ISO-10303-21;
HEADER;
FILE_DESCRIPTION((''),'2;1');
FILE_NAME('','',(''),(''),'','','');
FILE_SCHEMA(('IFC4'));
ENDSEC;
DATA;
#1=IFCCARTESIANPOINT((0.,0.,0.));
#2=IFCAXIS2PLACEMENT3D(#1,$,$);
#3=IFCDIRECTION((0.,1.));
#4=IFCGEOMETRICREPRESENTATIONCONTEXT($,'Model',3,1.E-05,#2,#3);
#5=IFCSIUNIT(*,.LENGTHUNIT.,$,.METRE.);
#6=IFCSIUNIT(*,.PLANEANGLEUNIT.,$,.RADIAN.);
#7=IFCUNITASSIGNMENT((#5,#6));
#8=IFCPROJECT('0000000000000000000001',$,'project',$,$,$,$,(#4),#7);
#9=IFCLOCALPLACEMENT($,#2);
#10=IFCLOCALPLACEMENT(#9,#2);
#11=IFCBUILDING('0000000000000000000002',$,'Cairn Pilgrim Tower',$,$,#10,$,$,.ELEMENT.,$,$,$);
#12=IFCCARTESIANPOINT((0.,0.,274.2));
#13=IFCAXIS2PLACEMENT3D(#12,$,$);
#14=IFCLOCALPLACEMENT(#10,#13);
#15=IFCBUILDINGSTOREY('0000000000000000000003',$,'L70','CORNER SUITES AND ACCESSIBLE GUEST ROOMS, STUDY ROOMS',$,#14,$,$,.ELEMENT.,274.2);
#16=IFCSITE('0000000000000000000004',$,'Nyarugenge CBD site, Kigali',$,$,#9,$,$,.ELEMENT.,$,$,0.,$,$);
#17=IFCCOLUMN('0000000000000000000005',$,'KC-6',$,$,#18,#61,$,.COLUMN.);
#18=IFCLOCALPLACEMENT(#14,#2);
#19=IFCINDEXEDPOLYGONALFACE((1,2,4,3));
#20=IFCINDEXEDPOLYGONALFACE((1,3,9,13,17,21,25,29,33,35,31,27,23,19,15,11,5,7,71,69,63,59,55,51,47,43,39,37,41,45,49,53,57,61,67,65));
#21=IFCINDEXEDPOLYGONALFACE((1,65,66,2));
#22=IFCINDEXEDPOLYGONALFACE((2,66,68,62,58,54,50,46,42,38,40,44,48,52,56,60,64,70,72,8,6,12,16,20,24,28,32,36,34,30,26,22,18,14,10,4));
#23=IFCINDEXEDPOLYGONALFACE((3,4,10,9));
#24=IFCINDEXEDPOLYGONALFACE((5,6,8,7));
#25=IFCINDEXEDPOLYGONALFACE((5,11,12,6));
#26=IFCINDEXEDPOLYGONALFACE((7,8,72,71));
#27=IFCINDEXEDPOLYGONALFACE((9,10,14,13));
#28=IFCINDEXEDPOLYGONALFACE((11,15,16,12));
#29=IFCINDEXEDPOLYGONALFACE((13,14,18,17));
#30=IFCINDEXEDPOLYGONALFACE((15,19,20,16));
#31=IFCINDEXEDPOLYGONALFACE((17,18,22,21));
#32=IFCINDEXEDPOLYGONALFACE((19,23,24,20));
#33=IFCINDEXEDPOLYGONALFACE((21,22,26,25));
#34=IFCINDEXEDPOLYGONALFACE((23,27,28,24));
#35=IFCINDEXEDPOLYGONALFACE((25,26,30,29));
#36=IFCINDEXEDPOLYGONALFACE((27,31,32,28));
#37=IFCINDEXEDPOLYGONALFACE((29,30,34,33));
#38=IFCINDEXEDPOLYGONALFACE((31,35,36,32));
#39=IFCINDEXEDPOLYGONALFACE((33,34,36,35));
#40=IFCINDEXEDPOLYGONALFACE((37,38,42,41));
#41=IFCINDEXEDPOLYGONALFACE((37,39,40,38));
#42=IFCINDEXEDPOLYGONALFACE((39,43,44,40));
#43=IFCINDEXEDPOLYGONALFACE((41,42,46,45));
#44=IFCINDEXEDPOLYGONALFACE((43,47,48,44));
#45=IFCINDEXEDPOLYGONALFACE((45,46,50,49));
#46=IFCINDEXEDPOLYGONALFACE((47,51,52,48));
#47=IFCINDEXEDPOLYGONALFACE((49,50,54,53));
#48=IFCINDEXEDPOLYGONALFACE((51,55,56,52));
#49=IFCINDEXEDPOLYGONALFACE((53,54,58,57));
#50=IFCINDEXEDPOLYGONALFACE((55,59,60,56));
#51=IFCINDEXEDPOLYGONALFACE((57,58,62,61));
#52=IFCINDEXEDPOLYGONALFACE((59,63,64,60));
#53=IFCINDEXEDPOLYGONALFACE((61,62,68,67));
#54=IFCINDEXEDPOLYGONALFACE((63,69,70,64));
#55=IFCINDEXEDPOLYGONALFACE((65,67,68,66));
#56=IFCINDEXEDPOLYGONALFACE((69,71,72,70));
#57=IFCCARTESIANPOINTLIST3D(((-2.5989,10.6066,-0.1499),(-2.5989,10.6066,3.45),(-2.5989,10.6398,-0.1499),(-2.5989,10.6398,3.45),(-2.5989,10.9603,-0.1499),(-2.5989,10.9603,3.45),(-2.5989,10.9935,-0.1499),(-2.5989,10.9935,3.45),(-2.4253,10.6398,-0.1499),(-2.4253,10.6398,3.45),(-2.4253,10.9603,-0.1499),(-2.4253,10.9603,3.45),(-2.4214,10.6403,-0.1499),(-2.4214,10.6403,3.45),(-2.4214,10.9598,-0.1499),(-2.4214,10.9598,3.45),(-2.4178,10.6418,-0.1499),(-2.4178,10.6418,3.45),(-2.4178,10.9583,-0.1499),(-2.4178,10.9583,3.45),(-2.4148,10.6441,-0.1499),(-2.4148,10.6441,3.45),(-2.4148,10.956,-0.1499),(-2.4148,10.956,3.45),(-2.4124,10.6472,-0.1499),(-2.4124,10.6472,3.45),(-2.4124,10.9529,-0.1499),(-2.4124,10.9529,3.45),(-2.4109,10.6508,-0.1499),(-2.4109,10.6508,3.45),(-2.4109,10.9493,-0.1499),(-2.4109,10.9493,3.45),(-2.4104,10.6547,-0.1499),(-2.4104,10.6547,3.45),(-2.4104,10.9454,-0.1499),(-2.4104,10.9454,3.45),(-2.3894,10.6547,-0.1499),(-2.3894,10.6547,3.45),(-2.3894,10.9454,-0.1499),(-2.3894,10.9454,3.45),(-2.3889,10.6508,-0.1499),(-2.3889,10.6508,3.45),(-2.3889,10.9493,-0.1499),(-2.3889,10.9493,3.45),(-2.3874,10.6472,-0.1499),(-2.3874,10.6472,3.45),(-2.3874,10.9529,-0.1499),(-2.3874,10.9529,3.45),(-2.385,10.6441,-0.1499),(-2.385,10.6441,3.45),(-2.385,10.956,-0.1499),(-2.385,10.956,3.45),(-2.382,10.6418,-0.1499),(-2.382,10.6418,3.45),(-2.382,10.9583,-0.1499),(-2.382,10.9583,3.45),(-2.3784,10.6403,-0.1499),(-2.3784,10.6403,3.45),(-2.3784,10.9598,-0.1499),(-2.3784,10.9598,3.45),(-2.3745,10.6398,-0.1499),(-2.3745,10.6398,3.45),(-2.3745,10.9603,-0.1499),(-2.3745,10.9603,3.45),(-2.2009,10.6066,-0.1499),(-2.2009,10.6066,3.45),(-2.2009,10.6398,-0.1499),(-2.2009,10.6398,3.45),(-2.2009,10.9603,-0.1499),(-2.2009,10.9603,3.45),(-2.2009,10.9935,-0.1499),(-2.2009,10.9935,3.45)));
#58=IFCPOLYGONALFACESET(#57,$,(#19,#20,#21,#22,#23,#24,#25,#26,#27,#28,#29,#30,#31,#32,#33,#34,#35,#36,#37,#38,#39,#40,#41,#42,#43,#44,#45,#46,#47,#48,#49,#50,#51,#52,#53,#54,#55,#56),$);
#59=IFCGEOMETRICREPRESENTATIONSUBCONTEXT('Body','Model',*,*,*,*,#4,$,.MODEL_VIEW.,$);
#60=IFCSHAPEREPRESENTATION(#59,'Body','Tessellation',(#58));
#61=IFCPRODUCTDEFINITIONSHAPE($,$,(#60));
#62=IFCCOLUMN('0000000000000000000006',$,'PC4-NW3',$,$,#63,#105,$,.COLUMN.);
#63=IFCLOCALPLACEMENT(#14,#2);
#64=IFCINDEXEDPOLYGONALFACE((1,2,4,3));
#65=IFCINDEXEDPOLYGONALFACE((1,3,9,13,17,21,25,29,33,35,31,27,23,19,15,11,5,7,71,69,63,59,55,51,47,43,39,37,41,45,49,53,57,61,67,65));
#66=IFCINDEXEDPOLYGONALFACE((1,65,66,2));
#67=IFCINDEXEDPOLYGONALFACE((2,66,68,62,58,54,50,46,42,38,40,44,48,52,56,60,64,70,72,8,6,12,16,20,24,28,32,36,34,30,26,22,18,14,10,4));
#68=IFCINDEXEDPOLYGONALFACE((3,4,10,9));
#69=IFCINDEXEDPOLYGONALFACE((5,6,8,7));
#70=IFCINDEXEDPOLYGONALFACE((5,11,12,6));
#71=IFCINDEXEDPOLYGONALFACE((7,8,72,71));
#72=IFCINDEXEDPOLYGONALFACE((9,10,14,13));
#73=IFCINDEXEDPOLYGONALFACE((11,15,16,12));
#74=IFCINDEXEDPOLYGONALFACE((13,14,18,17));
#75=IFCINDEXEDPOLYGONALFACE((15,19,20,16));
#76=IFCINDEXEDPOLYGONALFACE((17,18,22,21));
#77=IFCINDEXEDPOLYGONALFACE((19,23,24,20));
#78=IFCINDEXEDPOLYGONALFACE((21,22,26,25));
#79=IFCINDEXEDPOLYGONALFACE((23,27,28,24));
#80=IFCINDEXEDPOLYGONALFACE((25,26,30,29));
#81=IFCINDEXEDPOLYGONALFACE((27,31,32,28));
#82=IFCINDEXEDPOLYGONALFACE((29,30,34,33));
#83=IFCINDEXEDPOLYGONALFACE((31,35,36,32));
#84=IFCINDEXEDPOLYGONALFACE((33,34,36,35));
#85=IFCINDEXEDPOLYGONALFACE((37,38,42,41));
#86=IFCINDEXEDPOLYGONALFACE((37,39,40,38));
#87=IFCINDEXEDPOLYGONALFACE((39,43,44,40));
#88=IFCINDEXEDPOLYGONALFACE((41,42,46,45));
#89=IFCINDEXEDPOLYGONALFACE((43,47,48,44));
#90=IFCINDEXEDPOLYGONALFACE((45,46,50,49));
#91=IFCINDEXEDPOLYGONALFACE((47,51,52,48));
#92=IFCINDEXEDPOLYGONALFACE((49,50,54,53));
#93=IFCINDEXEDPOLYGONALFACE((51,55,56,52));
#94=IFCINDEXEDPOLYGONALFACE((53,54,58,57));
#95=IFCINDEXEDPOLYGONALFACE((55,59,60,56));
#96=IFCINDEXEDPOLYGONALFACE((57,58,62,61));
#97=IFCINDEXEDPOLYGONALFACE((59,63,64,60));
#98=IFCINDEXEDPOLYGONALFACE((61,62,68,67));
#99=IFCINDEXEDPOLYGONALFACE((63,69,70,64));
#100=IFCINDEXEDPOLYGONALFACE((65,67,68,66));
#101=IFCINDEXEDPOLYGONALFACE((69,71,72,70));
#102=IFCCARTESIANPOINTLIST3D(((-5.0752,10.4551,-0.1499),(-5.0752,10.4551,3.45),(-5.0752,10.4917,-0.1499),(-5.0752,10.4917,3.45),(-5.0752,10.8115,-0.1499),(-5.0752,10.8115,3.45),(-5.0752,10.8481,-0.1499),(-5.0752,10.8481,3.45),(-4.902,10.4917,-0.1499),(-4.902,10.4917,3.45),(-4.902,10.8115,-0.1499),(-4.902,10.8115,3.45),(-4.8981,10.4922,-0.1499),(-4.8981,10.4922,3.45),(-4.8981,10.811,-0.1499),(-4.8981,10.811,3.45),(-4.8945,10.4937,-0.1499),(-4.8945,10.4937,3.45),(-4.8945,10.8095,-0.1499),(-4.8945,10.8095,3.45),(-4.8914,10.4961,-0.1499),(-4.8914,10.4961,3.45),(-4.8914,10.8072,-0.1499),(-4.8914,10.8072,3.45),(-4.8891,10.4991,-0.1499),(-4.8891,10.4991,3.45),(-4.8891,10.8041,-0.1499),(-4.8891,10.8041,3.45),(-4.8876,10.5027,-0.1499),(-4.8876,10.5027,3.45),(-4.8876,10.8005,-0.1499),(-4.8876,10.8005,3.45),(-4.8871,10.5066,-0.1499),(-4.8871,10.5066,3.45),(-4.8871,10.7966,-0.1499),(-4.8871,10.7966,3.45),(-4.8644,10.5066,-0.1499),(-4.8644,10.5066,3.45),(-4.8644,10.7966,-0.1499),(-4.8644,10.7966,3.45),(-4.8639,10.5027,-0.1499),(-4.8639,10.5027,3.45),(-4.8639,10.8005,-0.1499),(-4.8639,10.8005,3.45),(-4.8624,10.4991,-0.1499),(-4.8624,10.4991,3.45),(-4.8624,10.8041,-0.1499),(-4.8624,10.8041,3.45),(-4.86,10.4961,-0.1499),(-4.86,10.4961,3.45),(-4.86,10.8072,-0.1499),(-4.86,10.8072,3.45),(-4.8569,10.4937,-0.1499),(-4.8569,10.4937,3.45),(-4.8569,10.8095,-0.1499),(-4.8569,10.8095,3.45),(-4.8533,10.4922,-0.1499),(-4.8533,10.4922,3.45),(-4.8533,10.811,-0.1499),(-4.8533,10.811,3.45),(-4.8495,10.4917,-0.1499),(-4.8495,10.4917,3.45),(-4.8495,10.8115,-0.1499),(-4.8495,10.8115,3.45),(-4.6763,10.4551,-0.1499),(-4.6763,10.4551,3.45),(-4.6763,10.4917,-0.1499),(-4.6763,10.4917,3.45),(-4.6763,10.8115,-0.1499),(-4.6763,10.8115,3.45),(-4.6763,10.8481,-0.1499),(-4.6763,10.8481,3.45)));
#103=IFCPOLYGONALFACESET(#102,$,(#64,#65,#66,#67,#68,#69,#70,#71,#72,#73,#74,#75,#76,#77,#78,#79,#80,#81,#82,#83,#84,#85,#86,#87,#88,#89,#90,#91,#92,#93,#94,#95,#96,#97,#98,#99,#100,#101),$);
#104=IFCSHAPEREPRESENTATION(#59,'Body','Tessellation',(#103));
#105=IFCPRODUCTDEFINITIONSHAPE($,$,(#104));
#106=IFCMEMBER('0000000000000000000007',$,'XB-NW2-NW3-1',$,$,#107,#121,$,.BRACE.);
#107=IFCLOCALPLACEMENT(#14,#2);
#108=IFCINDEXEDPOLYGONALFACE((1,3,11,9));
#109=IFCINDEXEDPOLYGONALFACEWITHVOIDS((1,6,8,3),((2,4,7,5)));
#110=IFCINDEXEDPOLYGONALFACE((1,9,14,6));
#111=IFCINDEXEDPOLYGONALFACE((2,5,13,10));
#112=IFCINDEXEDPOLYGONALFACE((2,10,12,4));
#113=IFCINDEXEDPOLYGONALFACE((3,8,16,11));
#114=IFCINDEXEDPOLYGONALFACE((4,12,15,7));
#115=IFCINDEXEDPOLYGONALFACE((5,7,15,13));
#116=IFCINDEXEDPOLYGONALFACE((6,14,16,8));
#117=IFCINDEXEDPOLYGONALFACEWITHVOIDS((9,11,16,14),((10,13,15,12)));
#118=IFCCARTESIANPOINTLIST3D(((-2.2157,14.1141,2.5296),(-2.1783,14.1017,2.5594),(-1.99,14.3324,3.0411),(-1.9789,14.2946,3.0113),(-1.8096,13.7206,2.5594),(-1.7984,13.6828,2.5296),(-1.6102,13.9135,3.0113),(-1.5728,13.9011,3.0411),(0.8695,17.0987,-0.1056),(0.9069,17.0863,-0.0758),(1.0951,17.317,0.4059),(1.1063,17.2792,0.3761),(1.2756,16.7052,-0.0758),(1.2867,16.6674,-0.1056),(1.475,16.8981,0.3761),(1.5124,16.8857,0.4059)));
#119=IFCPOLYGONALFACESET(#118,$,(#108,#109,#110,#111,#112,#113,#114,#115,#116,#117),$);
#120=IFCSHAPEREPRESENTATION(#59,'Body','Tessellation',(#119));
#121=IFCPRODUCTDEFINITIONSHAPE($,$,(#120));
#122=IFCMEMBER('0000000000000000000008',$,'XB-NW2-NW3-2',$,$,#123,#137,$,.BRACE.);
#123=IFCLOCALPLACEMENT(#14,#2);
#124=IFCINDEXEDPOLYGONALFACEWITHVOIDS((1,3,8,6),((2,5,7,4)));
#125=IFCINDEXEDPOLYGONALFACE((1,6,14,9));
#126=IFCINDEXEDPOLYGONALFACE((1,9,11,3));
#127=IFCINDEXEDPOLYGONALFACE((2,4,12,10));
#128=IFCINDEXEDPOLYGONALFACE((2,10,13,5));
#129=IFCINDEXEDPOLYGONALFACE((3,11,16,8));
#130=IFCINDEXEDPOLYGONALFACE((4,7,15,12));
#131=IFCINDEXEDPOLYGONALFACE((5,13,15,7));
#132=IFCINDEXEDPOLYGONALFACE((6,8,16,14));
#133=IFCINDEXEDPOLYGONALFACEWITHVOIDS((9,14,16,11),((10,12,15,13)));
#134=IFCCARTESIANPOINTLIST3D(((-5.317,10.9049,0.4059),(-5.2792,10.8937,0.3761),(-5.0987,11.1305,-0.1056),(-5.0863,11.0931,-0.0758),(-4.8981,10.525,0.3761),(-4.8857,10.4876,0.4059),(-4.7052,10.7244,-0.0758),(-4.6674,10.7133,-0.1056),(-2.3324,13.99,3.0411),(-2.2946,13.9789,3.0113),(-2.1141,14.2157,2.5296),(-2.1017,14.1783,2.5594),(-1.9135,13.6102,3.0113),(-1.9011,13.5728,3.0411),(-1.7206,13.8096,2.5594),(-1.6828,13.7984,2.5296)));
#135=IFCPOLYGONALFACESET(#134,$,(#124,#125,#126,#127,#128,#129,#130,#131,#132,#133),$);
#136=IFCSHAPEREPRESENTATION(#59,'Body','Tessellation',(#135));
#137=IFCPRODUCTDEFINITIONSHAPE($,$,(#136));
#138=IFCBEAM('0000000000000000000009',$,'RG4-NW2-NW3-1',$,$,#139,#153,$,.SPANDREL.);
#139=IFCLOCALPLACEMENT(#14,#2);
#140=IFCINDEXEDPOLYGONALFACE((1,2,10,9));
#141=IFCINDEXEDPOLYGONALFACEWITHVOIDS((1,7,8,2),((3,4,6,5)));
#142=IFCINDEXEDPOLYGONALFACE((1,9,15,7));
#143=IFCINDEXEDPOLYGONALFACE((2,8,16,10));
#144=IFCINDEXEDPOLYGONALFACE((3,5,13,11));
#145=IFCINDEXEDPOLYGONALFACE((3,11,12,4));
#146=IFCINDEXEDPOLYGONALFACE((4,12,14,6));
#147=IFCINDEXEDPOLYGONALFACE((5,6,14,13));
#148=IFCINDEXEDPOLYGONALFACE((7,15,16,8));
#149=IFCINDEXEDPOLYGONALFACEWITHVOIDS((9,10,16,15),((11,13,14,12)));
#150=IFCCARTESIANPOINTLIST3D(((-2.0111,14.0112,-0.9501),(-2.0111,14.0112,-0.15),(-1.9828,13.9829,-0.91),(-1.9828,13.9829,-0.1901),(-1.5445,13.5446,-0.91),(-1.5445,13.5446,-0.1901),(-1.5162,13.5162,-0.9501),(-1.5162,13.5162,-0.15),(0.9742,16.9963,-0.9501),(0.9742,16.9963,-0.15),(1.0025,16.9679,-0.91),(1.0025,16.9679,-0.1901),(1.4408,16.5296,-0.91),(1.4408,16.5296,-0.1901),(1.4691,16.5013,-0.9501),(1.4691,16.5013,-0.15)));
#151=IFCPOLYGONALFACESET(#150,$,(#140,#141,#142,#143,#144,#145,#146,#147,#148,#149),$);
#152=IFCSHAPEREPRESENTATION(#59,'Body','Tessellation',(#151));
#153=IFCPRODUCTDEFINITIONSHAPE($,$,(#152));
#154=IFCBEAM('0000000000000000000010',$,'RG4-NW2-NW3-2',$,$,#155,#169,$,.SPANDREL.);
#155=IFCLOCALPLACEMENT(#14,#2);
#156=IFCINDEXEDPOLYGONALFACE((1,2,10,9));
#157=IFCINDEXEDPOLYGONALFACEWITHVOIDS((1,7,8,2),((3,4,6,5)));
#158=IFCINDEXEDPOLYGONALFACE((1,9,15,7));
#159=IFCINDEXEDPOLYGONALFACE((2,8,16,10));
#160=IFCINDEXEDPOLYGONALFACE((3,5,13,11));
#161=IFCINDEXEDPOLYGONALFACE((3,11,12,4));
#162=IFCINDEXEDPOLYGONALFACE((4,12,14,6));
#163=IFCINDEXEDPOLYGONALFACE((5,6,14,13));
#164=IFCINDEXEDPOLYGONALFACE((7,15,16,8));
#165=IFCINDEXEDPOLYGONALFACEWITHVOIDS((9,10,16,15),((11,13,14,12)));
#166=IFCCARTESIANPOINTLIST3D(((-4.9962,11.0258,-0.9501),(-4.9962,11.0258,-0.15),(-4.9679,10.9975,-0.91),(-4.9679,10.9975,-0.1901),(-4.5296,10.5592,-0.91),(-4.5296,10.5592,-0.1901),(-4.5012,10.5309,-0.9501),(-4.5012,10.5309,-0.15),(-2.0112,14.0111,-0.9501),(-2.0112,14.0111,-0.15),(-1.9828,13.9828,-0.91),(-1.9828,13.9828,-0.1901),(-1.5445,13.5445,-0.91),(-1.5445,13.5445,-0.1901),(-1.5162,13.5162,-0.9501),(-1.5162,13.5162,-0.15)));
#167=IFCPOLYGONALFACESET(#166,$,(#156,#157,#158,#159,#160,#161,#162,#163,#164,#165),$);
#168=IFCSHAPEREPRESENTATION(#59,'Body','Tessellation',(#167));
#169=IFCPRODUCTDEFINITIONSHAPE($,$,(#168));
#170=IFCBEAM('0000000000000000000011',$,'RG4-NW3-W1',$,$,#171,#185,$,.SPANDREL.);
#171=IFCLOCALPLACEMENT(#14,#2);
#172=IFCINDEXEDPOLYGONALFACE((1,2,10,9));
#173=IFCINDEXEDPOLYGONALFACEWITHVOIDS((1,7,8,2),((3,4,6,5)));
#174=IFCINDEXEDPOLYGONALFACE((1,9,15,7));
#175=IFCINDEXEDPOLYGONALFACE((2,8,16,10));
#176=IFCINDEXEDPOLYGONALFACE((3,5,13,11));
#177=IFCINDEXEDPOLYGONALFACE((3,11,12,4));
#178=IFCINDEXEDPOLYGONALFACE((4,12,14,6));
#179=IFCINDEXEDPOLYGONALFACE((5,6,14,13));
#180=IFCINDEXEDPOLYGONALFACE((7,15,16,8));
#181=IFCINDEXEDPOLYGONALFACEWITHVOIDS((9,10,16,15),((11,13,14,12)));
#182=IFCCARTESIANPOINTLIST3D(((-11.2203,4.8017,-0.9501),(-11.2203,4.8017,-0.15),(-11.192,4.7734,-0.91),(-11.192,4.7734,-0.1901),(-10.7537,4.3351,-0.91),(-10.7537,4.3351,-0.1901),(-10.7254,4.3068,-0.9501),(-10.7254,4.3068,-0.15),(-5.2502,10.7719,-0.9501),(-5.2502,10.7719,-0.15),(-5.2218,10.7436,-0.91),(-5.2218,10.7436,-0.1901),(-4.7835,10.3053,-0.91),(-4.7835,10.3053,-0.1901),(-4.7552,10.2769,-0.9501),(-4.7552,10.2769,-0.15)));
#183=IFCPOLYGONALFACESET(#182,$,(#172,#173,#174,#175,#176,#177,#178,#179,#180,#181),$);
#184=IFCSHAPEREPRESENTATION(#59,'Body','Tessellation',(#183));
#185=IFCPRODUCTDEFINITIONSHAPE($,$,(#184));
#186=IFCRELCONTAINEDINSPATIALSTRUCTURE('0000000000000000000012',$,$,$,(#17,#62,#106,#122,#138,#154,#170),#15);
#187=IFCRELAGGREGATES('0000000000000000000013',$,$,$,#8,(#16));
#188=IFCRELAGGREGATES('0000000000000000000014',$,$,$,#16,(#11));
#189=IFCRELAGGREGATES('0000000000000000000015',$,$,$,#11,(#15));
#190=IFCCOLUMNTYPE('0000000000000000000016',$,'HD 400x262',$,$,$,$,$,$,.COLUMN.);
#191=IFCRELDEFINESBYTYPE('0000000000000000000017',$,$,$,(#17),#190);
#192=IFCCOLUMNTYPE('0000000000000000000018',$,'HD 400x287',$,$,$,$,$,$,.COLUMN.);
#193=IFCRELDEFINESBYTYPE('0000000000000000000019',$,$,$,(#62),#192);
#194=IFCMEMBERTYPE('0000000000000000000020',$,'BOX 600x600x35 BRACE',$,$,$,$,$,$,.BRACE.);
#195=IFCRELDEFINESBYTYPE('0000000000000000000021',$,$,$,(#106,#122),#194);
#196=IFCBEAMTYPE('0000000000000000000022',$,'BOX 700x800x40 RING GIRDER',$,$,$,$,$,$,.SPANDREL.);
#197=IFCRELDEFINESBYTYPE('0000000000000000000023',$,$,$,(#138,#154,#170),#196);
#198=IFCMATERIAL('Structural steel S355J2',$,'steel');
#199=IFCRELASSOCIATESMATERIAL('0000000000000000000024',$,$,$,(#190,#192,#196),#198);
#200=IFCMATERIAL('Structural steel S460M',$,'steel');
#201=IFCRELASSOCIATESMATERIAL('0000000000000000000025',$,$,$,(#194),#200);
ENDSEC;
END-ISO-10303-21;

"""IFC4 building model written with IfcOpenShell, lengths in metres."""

from ifc_helpers import new_model, si_unit, direction, frame, origin, origin_2d, place, context, subcontext, project, spatial, hollow_rectangle, i_section, extrude, material, material_profile, profile_set, type_object, element, save


model = new_model("IFC4")

# Units and contexts
model_context = context("Model", 3, precision=1e-05, world=origin(), true_north=direction((0.0, 1.0)))
body_context = subcontext(model_context, "Body", "Model", "MODEL_VIEW")
ifc_project = project(units=[si_unit("LENGTHUNIT", "METRE"), si_unit("PLANEANGLEUNIT", "RADIAN")], contexts=[model_context])

# Site, building, storey
site_placement = place(None, origin())
site = spatial("IfcSite", under=ifc_project, at=site_placement, Name="Nyarugenge CBD site, Kigali", CompositionType="ELEMENT", RefElevation=0.0)
building_placement = place(site_placement, origin())
building = spatial("IfcBuilding", under=site, at=building_placement, Name="Cairn Pilgrim Tower", CompositionType="ELEMENT")
storey_placement = place(building_placement, frame((0.0, 0.0, 274.2)))
storey = spatial("IfcBuildingStorey", under=building, at=storey_placement, Name="L70", Description="CORNER SUITES AND ACCESSIBLE GUEST ROOMS, STUDY ROOMS", CompositionType="ELEMENT", Elevation=274.2)

# Columns
ifc_material_1 = material(Name="Structural steel S355J2", Category="steel")
ifc_material_profile_1 = material_profile(ifc_material_1, i_section(OverallWidth=0.3979, OverallDepth=0.387, WebThickness=0.021, FlangeThickness=0.0332, FilletRadius=0.0149, at=origin_2d()), Name="HD 400x262")
ifc_profile_set_1 = profile_set([ifc_material_profile_1], Name="Structural steel S355J2")
column_type_1 = type_object("IfcColumnType", Name="HD 400x262", PredefinedType="COLUMN", material=ifc_profile_set_1)
column_1_placement = place(storey_placement, frame((-2.3999, 10.8, -0.1499), z_axis=(0.0, 0.0, 1.0), x_axis=(1.0, 0.0, 0.0)))
element("IfcColumn", 1, at=column_1_placement, inside=storey, type_object=column_type_1, Name="KC-6", PredefinedType="COLUMN", context=body_context, shape_type="SweptSolid", body=[
    extrude(i_section(OverallWidth=0.3979, OverallDepth=0.387, WebThickness=0.021, FlangeThickness=0.0332, FilletRadius=0.0149, at=origin_2d()), origin(), (0.0, 0.0, 1.0), 3.5999),
])
ifc_material_profile_2 = material_profile(ifc_material_1, i_section(OverallWidth=0.3989, OverallDepth=0.3931, WebThickness=0.0227, FlangeThickness=0.0366, FilletRadius=0.0149, at=origin_2d()), Name="HD 400x287")
ifc_profile_set_2 = profile_set([ifc_material_profile_2], Name="Structural steel S355J2")
column_type_2 = type_object("IfcColumnType", Name="HD 400x287", PredefinedType="COLUMN", material=ifc_profile_set_2)
column_2_placement = place(storey_placement, frame((-4.8757, 10.6516, -0.1499), z_axis=(0.0, 0.0, 1.0), x_axis=(1.0, 0.0, 0.0)))
element("IfcColumn", 2, at=column_2_placement, inside=storey, type_object=column_type_2, Name="PC4-NW3", PredefinedType="COLUMN", context=body_context, shape_type="SweptSolid", body=[
    extrude(i_section(OverallWidth=0.3989, OverallDepth=0.3931, WebThickness=0.0227, FlangeThickness=0.0366, FilletRadius=0.0149, at=origin_2d()), origin(), (0.0, 0.0, 1.0), 3.5999),
])

# Members
ifc_material_2 = material(Name="Structural steel S460M", Category="steel")
ifc_material_profile_3 = material_profile(ifc_material_2, hollow_rectangle(XDim=0.6001, YDim=0.6001, WallThickness=0.0349, at=origin_2d()), Name="BOX 600x600x35")
ifc_profile_set_3 = profile_set([ifc_material_profile_3], Name="Structural steel S460M")
member_type_1 = type_object("IfcMemberType", Name="BOX 600x600x35 BRACE", PredefinedType="BRACE", material=ifc_profile_set_3)
for number, where, z_axis, x_axis, name in (
    (3, (1.1909, 16.9922, 0.1501), (-0.612513, -0.592543, 0.523183), (0.695294, -0.718726, 0.0), "XB-NW2-NW3-1"),
    (4, (-4.9922, 10.8091, 0.1501), (0.592543, 0.612513, 0.523183), (-0.718726, 0.695294, 0.0), "XB-NW2-NW3-2"),
):
    element("IfcMember", number, at=place(storey_placement, frame(where, z_axis=z_axis, x_axis=x_axis)), inside=storey, type_object=member_type_1, Name=name, PredefinedType="BRACE", context=body_context, shape_type="SweptSolid", body=[
        extrude(hollow_rectangle(XDim=0.6001, YDim=0.6001, WallThickness=0.0349, at=origin_2d()), origin(), (0.0, 0.0, 1.0), 5.0369),
    ])

# Beams
ifc_material_profile_4 = material_profile(ifc_material_1, hollow_rectangle(XDim=0.7, YDim=0.8, WallThickness=0.04, at=origin_2d()), Name="BOX 700x800x40")
ifc_profile_set_4 = profile_set([ifc_material_profile_4], Name="Structural steel S355J2")
beam_type_1 = type_object("IfcBeamType", Name="BOX 700x800x40 RING GIRDER", PredefinedType="SPANDREL", material=ifc_profile_set_4)
for number, where, z_axis, x_axis, name in (
    (5, (1.2217, 16.7488, -0.55), (-0.707136, -0.707078, 0.0), (0.707078, -0.707136, 0.0), "RG4-NW2-NW3-1"),
    (6, (-1.7637, 13.7637, -0.55), (-0.707078, -0.707136, 0.0), (0.707136, -0.707078, 0.0), "RG4-NW2-NW3-2"),
):
    element("IfcBeam", number, at=place(storey_placement, frame(where, z_axis=z_axis, x_axis=x_axis)), inside=storey, type_object=beam_type_1, Name=name, PredefinedType="SPANDREL", context=body_context, shape_type="SweptSolid", body=[
        extrude(hollow_rectangle(XDim=0.7, YDim=0.8, WallThickness=0.04, at=origin_2d()), origin(), (0.0, 0.0, 1.0), 4.2217),
    ])
beam_1_placement = place(storey_placement, frame((-5.0027, 10.5244, -0.55), z_axis=(-0.707107, -0.707107, 0.0), x_axis=(0.707107, -0.707107, 0.0)))
element("IfcBeam", 7, at=beam_1_placement, inside=storey, type_object=beam_type_1, Name="RG4-NW3-W1", PredefinedType="SPANDREL", context=body_context, shape_type="SweptSolid", body=[
    extrude(hollow_rectangle(XDim=0.7, YDim=0.8, WallThickness=0.04, at=origin_2d()), origin(), (0.0, 0.0, 1.0), 8.4431),
])

save(model, "model.ifc")
